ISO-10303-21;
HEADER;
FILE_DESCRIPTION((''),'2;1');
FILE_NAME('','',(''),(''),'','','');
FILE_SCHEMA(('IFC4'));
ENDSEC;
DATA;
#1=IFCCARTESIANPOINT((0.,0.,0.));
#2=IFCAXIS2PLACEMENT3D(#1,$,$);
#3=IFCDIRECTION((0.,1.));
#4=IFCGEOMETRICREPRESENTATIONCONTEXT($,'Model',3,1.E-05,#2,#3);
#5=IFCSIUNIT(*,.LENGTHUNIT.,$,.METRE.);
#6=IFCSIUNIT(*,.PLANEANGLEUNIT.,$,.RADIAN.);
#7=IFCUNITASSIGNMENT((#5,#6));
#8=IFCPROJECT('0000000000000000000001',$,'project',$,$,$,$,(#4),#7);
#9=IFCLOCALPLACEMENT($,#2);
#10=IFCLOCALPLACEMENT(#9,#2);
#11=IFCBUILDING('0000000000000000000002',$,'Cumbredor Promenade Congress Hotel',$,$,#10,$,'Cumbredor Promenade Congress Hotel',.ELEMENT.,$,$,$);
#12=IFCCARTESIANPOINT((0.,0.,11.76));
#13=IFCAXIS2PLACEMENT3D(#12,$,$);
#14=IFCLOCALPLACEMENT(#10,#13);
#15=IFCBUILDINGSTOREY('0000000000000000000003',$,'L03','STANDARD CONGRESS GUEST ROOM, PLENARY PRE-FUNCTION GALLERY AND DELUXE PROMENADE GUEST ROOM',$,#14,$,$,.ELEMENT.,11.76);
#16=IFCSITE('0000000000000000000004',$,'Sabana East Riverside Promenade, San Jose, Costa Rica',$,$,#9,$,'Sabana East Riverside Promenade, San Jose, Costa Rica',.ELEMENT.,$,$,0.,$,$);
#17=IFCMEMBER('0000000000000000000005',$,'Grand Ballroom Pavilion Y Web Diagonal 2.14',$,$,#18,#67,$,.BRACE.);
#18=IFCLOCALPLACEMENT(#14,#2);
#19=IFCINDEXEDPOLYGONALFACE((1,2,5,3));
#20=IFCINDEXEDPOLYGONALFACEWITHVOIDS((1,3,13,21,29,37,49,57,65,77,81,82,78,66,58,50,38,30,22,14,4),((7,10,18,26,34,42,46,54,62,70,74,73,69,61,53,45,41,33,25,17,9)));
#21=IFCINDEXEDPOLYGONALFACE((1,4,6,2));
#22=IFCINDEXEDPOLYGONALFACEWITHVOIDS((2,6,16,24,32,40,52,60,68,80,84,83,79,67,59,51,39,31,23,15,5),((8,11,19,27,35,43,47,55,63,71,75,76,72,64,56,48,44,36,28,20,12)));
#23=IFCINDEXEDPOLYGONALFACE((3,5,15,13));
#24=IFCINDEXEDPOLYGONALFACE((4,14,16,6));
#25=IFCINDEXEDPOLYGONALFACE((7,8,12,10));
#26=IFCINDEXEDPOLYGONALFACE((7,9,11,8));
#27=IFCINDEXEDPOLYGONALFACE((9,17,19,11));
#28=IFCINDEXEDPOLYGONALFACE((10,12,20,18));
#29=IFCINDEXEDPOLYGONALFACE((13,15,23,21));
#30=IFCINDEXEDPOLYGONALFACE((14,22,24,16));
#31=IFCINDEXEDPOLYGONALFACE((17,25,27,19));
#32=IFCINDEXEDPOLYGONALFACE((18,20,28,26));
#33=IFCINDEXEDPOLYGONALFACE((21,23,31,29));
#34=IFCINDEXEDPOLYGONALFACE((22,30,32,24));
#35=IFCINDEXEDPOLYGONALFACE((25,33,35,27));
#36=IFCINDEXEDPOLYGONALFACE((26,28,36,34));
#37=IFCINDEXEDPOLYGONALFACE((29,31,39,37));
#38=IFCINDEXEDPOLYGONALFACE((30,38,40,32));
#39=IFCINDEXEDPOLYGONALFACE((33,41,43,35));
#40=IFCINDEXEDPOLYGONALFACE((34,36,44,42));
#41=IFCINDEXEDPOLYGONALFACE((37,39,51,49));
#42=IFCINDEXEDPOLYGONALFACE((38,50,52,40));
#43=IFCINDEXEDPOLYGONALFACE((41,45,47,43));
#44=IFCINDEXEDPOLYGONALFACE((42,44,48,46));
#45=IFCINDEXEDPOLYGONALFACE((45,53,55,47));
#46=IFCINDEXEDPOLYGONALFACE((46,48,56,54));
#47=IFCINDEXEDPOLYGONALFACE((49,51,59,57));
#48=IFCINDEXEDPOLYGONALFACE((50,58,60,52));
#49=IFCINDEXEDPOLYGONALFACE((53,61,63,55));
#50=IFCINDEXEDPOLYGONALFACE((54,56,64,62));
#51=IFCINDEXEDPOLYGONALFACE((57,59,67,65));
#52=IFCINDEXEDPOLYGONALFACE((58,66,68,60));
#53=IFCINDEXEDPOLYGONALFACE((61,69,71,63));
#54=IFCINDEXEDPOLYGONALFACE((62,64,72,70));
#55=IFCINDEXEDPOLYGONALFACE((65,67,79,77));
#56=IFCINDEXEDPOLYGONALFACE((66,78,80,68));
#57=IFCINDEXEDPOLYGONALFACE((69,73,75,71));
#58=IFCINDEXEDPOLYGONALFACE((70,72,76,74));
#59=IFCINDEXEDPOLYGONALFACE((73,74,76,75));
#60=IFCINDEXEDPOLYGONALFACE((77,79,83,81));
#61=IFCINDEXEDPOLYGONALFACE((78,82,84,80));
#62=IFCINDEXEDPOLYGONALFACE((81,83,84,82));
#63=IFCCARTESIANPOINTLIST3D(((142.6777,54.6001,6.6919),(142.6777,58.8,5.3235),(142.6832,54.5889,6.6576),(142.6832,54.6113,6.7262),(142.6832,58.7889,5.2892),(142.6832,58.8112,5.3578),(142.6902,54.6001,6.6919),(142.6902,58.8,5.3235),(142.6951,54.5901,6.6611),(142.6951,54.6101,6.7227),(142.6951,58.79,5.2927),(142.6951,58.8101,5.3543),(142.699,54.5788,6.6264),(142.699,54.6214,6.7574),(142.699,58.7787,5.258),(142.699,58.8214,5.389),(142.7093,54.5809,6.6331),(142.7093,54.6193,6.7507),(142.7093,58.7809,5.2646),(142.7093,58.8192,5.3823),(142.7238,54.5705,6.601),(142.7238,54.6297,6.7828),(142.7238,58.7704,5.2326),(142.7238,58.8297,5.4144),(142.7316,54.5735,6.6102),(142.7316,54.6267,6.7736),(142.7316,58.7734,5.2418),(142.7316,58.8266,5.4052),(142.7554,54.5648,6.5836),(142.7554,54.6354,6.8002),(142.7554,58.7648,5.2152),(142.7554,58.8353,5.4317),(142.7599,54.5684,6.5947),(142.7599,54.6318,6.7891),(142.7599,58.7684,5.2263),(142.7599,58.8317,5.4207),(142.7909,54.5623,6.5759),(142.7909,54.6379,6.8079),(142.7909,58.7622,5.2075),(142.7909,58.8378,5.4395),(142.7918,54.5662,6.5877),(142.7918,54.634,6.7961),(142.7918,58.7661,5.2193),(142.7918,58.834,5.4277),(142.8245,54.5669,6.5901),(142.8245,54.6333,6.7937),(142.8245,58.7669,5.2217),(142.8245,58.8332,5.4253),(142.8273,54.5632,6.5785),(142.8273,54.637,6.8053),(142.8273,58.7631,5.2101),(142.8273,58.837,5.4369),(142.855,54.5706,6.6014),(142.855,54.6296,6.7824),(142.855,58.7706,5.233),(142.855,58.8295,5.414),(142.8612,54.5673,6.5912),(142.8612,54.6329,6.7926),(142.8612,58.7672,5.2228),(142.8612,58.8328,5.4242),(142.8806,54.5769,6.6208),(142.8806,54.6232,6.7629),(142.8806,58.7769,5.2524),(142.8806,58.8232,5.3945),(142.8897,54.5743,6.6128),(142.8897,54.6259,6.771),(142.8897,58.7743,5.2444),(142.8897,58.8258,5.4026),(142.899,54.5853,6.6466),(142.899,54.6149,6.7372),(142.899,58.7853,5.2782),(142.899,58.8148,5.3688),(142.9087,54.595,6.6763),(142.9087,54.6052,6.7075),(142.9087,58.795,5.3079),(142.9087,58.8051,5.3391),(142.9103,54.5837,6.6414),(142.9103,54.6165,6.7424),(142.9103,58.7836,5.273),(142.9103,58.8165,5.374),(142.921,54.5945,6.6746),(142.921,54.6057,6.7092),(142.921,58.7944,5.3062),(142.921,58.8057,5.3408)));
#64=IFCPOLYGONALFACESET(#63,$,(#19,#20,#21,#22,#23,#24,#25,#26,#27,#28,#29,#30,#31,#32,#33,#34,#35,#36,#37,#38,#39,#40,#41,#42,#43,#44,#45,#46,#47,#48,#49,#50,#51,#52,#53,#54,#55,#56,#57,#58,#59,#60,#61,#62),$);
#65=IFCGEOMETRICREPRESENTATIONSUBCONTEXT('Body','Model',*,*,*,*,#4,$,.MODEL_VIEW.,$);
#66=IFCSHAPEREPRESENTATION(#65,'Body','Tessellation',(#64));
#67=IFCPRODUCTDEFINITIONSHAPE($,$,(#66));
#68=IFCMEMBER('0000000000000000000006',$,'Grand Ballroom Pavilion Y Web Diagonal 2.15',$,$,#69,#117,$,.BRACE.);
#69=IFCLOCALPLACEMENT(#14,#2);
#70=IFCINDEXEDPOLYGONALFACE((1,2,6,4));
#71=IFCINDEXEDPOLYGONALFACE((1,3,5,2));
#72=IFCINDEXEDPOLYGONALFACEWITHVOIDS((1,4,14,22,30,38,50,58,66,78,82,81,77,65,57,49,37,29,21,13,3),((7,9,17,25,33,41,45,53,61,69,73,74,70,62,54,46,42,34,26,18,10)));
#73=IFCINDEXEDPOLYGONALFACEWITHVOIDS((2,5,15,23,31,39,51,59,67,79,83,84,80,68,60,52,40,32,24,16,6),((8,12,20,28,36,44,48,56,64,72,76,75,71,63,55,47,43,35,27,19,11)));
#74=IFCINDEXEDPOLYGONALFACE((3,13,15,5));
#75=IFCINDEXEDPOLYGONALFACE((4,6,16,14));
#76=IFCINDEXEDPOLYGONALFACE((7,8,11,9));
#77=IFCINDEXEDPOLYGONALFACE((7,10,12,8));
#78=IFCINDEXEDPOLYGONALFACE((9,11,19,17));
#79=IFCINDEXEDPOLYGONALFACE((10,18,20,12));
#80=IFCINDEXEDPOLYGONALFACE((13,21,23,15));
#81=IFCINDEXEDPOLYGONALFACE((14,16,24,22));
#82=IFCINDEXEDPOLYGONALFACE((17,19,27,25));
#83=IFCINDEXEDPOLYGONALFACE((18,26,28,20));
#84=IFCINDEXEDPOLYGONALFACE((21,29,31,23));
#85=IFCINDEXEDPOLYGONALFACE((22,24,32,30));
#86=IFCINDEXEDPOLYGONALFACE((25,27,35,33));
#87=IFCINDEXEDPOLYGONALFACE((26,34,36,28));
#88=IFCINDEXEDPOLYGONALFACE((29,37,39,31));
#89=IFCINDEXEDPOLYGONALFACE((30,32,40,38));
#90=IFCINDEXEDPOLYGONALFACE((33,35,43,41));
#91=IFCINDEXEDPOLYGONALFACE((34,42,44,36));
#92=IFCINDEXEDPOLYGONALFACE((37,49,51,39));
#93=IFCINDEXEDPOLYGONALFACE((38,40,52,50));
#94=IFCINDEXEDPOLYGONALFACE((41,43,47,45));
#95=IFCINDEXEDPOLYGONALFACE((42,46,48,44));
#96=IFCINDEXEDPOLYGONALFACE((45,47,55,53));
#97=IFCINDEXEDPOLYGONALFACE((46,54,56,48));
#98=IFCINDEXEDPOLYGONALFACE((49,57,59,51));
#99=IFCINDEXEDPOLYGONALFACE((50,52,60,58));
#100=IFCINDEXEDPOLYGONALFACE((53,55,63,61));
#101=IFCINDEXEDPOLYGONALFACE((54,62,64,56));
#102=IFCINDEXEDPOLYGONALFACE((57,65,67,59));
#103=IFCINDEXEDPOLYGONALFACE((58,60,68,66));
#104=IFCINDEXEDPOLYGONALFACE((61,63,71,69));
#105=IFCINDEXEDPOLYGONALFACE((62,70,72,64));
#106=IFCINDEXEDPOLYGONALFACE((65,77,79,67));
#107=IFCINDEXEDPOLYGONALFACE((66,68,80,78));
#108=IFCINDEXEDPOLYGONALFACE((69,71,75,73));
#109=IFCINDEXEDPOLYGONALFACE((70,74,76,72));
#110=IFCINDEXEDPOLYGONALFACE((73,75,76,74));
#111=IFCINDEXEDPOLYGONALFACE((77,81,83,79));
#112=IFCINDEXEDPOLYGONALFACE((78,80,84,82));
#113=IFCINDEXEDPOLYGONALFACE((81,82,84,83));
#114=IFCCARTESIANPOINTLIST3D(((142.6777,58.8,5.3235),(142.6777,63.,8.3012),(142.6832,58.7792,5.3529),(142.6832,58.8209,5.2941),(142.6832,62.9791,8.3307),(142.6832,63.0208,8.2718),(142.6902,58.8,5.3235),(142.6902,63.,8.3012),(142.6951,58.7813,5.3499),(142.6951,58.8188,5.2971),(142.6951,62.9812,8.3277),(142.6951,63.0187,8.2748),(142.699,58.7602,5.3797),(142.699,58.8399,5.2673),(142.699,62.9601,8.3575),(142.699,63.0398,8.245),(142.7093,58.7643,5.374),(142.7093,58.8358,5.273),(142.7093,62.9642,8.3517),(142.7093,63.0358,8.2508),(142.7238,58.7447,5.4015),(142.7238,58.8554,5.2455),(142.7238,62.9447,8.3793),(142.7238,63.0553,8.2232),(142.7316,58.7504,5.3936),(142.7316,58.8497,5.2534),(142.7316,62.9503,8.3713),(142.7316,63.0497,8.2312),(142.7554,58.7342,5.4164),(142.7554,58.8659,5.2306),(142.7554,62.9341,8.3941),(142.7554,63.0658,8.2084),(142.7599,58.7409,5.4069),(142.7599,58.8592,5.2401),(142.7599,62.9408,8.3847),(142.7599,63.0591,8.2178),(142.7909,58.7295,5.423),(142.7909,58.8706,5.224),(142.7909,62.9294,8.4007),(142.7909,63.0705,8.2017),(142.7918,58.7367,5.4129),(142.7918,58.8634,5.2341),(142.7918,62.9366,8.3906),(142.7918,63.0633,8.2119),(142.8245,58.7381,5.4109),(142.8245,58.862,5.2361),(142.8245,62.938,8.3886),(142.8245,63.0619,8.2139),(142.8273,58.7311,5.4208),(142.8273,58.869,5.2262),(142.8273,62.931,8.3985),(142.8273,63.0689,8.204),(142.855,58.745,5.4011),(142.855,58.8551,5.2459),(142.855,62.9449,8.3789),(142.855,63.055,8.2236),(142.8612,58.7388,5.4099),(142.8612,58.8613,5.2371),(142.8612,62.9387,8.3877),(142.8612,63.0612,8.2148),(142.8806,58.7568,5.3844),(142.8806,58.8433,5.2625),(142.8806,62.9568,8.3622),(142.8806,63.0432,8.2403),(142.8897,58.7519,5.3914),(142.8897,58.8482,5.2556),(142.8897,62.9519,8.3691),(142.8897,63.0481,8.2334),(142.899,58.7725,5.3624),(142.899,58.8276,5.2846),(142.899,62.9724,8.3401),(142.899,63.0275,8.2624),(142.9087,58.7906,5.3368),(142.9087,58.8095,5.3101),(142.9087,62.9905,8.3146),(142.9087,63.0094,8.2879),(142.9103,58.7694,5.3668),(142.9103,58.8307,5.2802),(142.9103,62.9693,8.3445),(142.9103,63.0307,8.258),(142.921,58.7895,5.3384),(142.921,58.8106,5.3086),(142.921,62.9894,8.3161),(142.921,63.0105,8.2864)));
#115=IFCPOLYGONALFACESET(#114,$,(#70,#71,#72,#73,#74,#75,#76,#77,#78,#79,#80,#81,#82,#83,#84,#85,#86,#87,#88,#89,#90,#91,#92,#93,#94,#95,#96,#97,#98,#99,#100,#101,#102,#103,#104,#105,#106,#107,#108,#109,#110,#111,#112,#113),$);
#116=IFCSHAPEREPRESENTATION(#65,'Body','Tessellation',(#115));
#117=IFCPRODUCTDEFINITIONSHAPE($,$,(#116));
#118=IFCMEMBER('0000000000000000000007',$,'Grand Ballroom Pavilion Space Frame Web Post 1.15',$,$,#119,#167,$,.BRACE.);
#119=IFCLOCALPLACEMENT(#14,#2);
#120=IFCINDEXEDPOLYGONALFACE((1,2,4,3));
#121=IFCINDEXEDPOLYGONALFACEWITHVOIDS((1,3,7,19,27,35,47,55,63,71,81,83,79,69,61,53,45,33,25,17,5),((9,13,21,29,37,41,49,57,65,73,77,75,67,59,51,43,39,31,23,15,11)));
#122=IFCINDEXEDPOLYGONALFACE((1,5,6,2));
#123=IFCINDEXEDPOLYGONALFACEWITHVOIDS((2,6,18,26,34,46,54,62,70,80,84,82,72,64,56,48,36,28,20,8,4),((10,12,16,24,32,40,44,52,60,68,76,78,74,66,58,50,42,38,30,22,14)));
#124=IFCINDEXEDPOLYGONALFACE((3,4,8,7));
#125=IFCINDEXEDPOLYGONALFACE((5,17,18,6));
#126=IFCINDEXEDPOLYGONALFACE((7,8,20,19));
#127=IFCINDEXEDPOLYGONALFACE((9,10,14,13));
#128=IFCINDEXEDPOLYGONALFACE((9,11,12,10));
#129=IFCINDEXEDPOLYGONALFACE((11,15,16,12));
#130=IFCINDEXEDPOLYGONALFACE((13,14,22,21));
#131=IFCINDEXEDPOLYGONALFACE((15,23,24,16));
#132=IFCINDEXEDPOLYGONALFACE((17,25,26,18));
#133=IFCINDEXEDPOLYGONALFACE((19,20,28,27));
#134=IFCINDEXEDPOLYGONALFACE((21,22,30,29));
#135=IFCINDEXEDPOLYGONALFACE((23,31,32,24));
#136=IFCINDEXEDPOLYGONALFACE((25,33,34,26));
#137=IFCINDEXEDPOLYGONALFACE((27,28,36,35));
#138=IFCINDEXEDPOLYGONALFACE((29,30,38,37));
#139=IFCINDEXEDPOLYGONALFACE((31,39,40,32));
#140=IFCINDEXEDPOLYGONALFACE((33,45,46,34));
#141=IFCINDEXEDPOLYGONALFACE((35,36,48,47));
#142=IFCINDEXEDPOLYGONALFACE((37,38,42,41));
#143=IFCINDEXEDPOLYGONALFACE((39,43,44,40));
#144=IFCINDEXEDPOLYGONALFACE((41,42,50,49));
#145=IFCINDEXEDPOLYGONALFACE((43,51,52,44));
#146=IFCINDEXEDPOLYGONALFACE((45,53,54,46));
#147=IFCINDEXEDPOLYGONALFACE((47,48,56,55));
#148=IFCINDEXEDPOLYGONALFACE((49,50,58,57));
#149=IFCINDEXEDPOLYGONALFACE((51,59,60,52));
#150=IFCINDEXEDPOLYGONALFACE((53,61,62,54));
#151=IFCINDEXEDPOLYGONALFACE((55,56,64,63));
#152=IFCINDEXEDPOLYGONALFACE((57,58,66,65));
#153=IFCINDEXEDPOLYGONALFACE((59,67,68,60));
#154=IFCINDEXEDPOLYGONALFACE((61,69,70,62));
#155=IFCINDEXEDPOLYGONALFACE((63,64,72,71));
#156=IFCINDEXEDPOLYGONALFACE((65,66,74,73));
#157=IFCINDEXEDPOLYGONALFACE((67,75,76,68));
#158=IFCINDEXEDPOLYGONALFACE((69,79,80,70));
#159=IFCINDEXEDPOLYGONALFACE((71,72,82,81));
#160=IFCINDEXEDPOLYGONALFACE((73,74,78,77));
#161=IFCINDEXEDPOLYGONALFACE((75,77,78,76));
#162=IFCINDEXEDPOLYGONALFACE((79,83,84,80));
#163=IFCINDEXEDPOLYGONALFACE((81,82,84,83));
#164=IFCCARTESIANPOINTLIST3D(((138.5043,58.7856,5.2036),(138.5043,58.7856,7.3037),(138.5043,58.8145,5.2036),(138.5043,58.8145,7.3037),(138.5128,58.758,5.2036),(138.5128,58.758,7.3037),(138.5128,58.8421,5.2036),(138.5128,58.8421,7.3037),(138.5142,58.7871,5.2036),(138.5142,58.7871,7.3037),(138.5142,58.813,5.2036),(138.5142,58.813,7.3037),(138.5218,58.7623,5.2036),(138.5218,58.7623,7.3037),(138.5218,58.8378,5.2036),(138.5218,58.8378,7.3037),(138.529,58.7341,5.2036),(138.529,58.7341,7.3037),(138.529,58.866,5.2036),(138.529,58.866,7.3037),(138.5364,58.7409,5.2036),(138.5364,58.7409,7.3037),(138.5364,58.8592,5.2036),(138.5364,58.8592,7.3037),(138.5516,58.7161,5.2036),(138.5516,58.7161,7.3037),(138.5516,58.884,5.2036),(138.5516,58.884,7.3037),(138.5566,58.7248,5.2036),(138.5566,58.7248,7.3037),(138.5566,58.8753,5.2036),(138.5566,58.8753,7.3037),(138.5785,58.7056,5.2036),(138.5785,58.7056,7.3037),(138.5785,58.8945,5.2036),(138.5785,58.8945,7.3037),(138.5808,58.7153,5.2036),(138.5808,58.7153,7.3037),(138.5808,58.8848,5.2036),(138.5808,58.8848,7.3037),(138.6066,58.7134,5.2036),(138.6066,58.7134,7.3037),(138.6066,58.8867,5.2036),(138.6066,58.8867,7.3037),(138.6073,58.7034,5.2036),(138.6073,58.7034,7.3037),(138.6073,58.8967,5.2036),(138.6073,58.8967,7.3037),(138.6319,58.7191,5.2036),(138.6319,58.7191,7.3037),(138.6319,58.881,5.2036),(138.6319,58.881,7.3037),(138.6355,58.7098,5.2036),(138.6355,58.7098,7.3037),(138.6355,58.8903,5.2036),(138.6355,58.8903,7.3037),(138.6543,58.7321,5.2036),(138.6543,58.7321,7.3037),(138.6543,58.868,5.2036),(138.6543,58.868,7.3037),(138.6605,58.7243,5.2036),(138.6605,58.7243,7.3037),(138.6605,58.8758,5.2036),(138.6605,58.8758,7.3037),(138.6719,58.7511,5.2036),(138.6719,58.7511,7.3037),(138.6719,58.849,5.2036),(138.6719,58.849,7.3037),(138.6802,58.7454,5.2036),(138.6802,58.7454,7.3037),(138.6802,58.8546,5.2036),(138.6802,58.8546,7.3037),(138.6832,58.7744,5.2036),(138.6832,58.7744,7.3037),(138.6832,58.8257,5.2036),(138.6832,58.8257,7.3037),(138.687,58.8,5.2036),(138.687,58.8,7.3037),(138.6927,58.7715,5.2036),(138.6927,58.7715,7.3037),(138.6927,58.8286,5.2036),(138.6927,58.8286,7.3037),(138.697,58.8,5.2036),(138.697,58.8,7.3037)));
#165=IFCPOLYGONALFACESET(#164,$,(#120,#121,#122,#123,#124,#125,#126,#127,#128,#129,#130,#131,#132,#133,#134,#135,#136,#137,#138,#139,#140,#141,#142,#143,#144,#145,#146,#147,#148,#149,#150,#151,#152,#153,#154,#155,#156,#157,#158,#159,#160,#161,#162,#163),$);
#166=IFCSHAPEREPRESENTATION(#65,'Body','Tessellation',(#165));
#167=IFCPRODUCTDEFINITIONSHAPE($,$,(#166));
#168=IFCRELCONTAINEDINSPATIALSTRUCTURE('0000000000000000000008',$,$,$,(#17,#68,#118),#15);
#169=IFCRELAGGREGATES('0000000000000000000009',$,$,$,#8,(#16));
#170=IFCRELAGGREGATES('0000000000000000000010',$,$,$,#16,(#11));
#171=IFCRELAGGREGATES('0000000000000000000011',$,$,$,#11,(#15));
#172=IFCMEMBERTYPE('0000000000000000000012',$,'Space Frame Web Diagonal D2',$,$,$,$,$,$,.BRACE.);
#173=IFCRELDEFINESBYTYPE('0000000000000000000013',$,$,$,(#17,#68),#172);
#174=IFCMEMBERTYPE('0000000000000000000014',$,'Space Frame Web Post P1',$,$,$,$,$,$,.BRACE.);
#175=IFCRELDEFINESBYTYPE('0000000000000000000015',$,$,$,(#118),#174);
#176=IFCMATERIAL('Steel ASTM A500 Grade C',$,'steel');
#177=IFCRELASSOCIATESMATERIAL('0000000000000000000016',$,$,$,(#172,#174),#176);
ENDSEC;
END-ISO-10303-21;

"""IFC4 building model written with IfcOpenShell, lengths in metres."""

from ifc_helpers import new_model, si_unit, direction, frame, origin, origin_2d, place, context, subcontext, project, spatial, hollow_circle, extrude, material, material_profile, profile_set, type_object, element, save


model = new_model("IFC4")

# Units and contexts
model_context = context("Model", 3, precision=1e-05, world=origin(), true_north=direction((0.0, 1.0)))
body_context = subcontext(model_context, "Body", "Model", "MODEL_VIEW")
ifc_project = project(units=[si_unit("LENGTHUNIT", "METRE"), si_unit("PLANEANGLEUNIT", "RADIAN")], contexts=[model_context])

# Site, building, storey
site_placement = place(None, origin())
site = spatial("IfcSite", under=ifc_project, at=site_placement, Name="Sabana East Riverside Promenade, San Jose, Costa Rica", LongName="Sabana East Riverside Promenade, San Jose, Costa Rica", CompositionType="ELEMENT", RefElevation=0.0)
building_placement = place(site_placement, origin())
building = spatial("IfcBuilding", under=site, at=building_placement, Name="Cumbredor Promenade Congress Hotel", LongName="Cumbredor Promenade Congress Hotel", CompositionType="ELEMENT")
storey_placement = place(building_placement, frame((0.0, 0.0, 11.76)))
storey = spatial("IfcBuildingStorey", under=building, at=storey_placement, Name="L03", Description="STANDARD CONGRESS GUEST ROOM, PLENARY PRE-FUNCTION GALLERY AND DELUXE PROMENADE GUEST ROOM", CompositionType="ELEMENT", Elevation=11.76)

# Members
ifc_material_1 = material(Name="Steel ASTM A500 Grade C", Category="steel")
ifc_material_profile_1 = material_profile(ifc_material_1, hollow_circle(Radius=0.1223, WallThickness=0.0125, at=origin_2d()), Name="CHS 244.5x12.5")
ifc_profile_set_1 = profile_set([ifc_material_profile_1], Name="Steel ASTM A500 Grade C")
member_type_1 = type_object("IfcMemberType", Name="Space Frame Web Diagonal D2", PredefinedType="BRACE", material=ifc_profile_set_1)
member_1_placement = place(storey_placement, frame((142.8, 54.6001, 6.6919), z_axis=(0.0, 0.950806, -0.309787), x_axis=(-1.0, 0.0, 0.0)))
element("IfcMember", 1, at=member_1_placement, inside=storey, type_object=member_type_1, Name="Grand Ballroom Pavilion Y Web Diagonal 2.14", PredefinedType="BRACE", context=body_context, shape_type="SweptSolid", body=[
    extrude(hollow_circle(Radius=0.1223, WallThickness=0.0125, at=origin_2d()), origin(), (0.0, 0.0, 1.0), 4.4172),
])
member_2_placement = place(storey_placement, frame((142.8, 58.8, 5.3235), z_axis=(0.0, 0.815766, 0.578382), x_axis=(-1.0, 0.0, 0.0)))
element("IfcMember", 2, at=member_2_placement, inside=storey, type_object=member_type_1, Name="Grand Ballroom Pavilion Y Web Diagonal 2.15", PredefinedType="BRACE", context=body_context, shape_type="SweptSolid", body=[
    extrude(hollow_circle(Radius=0.1223, WallThickness=0.0125, at=origin_2d()), origin(), (0.0, 0.0, 1.0), 5.1484),
])
ifc_material_profile_2 = material_profile(ifc_material_1, hollow_circle(Radius=0.0969, WallThickness=0.01, at=origin_2d()), Name="CHS 193.7x10")
ifc_profile_set_2 = profile_set([ifc_material_profile_2], Name="Steel ASTM A500 Grade C")
member_type_2 = type_object("IfcMemberType", Name="Space Frame Web Post P1", PredefinedType="BRACE", material=ifc_profile_set_2)
member_3_placement = place(storey_placement, frame((138.6001, 58.8, 5.2036), z_axis=(0.0, 0.0, 1.0), x_axis=(1.0, 0.0, 0.0)))
element("IfcMember", 3, at=member_3_placement, inside=storey, type_object=member_type_2, Name="Grand Ballroom Pavilion Space Frame Web Post 1.15", PredefinedType="BRACE", context=body_context, shape_type="SweptSolid", body=[
    extrude(hollow_circle(Radius=0.0969, WallThickness=0.01, at=origin_2d()), origin(), (0.0, 0.0, 1.0), 2.1001),
])

save(model, "model.ifc")
